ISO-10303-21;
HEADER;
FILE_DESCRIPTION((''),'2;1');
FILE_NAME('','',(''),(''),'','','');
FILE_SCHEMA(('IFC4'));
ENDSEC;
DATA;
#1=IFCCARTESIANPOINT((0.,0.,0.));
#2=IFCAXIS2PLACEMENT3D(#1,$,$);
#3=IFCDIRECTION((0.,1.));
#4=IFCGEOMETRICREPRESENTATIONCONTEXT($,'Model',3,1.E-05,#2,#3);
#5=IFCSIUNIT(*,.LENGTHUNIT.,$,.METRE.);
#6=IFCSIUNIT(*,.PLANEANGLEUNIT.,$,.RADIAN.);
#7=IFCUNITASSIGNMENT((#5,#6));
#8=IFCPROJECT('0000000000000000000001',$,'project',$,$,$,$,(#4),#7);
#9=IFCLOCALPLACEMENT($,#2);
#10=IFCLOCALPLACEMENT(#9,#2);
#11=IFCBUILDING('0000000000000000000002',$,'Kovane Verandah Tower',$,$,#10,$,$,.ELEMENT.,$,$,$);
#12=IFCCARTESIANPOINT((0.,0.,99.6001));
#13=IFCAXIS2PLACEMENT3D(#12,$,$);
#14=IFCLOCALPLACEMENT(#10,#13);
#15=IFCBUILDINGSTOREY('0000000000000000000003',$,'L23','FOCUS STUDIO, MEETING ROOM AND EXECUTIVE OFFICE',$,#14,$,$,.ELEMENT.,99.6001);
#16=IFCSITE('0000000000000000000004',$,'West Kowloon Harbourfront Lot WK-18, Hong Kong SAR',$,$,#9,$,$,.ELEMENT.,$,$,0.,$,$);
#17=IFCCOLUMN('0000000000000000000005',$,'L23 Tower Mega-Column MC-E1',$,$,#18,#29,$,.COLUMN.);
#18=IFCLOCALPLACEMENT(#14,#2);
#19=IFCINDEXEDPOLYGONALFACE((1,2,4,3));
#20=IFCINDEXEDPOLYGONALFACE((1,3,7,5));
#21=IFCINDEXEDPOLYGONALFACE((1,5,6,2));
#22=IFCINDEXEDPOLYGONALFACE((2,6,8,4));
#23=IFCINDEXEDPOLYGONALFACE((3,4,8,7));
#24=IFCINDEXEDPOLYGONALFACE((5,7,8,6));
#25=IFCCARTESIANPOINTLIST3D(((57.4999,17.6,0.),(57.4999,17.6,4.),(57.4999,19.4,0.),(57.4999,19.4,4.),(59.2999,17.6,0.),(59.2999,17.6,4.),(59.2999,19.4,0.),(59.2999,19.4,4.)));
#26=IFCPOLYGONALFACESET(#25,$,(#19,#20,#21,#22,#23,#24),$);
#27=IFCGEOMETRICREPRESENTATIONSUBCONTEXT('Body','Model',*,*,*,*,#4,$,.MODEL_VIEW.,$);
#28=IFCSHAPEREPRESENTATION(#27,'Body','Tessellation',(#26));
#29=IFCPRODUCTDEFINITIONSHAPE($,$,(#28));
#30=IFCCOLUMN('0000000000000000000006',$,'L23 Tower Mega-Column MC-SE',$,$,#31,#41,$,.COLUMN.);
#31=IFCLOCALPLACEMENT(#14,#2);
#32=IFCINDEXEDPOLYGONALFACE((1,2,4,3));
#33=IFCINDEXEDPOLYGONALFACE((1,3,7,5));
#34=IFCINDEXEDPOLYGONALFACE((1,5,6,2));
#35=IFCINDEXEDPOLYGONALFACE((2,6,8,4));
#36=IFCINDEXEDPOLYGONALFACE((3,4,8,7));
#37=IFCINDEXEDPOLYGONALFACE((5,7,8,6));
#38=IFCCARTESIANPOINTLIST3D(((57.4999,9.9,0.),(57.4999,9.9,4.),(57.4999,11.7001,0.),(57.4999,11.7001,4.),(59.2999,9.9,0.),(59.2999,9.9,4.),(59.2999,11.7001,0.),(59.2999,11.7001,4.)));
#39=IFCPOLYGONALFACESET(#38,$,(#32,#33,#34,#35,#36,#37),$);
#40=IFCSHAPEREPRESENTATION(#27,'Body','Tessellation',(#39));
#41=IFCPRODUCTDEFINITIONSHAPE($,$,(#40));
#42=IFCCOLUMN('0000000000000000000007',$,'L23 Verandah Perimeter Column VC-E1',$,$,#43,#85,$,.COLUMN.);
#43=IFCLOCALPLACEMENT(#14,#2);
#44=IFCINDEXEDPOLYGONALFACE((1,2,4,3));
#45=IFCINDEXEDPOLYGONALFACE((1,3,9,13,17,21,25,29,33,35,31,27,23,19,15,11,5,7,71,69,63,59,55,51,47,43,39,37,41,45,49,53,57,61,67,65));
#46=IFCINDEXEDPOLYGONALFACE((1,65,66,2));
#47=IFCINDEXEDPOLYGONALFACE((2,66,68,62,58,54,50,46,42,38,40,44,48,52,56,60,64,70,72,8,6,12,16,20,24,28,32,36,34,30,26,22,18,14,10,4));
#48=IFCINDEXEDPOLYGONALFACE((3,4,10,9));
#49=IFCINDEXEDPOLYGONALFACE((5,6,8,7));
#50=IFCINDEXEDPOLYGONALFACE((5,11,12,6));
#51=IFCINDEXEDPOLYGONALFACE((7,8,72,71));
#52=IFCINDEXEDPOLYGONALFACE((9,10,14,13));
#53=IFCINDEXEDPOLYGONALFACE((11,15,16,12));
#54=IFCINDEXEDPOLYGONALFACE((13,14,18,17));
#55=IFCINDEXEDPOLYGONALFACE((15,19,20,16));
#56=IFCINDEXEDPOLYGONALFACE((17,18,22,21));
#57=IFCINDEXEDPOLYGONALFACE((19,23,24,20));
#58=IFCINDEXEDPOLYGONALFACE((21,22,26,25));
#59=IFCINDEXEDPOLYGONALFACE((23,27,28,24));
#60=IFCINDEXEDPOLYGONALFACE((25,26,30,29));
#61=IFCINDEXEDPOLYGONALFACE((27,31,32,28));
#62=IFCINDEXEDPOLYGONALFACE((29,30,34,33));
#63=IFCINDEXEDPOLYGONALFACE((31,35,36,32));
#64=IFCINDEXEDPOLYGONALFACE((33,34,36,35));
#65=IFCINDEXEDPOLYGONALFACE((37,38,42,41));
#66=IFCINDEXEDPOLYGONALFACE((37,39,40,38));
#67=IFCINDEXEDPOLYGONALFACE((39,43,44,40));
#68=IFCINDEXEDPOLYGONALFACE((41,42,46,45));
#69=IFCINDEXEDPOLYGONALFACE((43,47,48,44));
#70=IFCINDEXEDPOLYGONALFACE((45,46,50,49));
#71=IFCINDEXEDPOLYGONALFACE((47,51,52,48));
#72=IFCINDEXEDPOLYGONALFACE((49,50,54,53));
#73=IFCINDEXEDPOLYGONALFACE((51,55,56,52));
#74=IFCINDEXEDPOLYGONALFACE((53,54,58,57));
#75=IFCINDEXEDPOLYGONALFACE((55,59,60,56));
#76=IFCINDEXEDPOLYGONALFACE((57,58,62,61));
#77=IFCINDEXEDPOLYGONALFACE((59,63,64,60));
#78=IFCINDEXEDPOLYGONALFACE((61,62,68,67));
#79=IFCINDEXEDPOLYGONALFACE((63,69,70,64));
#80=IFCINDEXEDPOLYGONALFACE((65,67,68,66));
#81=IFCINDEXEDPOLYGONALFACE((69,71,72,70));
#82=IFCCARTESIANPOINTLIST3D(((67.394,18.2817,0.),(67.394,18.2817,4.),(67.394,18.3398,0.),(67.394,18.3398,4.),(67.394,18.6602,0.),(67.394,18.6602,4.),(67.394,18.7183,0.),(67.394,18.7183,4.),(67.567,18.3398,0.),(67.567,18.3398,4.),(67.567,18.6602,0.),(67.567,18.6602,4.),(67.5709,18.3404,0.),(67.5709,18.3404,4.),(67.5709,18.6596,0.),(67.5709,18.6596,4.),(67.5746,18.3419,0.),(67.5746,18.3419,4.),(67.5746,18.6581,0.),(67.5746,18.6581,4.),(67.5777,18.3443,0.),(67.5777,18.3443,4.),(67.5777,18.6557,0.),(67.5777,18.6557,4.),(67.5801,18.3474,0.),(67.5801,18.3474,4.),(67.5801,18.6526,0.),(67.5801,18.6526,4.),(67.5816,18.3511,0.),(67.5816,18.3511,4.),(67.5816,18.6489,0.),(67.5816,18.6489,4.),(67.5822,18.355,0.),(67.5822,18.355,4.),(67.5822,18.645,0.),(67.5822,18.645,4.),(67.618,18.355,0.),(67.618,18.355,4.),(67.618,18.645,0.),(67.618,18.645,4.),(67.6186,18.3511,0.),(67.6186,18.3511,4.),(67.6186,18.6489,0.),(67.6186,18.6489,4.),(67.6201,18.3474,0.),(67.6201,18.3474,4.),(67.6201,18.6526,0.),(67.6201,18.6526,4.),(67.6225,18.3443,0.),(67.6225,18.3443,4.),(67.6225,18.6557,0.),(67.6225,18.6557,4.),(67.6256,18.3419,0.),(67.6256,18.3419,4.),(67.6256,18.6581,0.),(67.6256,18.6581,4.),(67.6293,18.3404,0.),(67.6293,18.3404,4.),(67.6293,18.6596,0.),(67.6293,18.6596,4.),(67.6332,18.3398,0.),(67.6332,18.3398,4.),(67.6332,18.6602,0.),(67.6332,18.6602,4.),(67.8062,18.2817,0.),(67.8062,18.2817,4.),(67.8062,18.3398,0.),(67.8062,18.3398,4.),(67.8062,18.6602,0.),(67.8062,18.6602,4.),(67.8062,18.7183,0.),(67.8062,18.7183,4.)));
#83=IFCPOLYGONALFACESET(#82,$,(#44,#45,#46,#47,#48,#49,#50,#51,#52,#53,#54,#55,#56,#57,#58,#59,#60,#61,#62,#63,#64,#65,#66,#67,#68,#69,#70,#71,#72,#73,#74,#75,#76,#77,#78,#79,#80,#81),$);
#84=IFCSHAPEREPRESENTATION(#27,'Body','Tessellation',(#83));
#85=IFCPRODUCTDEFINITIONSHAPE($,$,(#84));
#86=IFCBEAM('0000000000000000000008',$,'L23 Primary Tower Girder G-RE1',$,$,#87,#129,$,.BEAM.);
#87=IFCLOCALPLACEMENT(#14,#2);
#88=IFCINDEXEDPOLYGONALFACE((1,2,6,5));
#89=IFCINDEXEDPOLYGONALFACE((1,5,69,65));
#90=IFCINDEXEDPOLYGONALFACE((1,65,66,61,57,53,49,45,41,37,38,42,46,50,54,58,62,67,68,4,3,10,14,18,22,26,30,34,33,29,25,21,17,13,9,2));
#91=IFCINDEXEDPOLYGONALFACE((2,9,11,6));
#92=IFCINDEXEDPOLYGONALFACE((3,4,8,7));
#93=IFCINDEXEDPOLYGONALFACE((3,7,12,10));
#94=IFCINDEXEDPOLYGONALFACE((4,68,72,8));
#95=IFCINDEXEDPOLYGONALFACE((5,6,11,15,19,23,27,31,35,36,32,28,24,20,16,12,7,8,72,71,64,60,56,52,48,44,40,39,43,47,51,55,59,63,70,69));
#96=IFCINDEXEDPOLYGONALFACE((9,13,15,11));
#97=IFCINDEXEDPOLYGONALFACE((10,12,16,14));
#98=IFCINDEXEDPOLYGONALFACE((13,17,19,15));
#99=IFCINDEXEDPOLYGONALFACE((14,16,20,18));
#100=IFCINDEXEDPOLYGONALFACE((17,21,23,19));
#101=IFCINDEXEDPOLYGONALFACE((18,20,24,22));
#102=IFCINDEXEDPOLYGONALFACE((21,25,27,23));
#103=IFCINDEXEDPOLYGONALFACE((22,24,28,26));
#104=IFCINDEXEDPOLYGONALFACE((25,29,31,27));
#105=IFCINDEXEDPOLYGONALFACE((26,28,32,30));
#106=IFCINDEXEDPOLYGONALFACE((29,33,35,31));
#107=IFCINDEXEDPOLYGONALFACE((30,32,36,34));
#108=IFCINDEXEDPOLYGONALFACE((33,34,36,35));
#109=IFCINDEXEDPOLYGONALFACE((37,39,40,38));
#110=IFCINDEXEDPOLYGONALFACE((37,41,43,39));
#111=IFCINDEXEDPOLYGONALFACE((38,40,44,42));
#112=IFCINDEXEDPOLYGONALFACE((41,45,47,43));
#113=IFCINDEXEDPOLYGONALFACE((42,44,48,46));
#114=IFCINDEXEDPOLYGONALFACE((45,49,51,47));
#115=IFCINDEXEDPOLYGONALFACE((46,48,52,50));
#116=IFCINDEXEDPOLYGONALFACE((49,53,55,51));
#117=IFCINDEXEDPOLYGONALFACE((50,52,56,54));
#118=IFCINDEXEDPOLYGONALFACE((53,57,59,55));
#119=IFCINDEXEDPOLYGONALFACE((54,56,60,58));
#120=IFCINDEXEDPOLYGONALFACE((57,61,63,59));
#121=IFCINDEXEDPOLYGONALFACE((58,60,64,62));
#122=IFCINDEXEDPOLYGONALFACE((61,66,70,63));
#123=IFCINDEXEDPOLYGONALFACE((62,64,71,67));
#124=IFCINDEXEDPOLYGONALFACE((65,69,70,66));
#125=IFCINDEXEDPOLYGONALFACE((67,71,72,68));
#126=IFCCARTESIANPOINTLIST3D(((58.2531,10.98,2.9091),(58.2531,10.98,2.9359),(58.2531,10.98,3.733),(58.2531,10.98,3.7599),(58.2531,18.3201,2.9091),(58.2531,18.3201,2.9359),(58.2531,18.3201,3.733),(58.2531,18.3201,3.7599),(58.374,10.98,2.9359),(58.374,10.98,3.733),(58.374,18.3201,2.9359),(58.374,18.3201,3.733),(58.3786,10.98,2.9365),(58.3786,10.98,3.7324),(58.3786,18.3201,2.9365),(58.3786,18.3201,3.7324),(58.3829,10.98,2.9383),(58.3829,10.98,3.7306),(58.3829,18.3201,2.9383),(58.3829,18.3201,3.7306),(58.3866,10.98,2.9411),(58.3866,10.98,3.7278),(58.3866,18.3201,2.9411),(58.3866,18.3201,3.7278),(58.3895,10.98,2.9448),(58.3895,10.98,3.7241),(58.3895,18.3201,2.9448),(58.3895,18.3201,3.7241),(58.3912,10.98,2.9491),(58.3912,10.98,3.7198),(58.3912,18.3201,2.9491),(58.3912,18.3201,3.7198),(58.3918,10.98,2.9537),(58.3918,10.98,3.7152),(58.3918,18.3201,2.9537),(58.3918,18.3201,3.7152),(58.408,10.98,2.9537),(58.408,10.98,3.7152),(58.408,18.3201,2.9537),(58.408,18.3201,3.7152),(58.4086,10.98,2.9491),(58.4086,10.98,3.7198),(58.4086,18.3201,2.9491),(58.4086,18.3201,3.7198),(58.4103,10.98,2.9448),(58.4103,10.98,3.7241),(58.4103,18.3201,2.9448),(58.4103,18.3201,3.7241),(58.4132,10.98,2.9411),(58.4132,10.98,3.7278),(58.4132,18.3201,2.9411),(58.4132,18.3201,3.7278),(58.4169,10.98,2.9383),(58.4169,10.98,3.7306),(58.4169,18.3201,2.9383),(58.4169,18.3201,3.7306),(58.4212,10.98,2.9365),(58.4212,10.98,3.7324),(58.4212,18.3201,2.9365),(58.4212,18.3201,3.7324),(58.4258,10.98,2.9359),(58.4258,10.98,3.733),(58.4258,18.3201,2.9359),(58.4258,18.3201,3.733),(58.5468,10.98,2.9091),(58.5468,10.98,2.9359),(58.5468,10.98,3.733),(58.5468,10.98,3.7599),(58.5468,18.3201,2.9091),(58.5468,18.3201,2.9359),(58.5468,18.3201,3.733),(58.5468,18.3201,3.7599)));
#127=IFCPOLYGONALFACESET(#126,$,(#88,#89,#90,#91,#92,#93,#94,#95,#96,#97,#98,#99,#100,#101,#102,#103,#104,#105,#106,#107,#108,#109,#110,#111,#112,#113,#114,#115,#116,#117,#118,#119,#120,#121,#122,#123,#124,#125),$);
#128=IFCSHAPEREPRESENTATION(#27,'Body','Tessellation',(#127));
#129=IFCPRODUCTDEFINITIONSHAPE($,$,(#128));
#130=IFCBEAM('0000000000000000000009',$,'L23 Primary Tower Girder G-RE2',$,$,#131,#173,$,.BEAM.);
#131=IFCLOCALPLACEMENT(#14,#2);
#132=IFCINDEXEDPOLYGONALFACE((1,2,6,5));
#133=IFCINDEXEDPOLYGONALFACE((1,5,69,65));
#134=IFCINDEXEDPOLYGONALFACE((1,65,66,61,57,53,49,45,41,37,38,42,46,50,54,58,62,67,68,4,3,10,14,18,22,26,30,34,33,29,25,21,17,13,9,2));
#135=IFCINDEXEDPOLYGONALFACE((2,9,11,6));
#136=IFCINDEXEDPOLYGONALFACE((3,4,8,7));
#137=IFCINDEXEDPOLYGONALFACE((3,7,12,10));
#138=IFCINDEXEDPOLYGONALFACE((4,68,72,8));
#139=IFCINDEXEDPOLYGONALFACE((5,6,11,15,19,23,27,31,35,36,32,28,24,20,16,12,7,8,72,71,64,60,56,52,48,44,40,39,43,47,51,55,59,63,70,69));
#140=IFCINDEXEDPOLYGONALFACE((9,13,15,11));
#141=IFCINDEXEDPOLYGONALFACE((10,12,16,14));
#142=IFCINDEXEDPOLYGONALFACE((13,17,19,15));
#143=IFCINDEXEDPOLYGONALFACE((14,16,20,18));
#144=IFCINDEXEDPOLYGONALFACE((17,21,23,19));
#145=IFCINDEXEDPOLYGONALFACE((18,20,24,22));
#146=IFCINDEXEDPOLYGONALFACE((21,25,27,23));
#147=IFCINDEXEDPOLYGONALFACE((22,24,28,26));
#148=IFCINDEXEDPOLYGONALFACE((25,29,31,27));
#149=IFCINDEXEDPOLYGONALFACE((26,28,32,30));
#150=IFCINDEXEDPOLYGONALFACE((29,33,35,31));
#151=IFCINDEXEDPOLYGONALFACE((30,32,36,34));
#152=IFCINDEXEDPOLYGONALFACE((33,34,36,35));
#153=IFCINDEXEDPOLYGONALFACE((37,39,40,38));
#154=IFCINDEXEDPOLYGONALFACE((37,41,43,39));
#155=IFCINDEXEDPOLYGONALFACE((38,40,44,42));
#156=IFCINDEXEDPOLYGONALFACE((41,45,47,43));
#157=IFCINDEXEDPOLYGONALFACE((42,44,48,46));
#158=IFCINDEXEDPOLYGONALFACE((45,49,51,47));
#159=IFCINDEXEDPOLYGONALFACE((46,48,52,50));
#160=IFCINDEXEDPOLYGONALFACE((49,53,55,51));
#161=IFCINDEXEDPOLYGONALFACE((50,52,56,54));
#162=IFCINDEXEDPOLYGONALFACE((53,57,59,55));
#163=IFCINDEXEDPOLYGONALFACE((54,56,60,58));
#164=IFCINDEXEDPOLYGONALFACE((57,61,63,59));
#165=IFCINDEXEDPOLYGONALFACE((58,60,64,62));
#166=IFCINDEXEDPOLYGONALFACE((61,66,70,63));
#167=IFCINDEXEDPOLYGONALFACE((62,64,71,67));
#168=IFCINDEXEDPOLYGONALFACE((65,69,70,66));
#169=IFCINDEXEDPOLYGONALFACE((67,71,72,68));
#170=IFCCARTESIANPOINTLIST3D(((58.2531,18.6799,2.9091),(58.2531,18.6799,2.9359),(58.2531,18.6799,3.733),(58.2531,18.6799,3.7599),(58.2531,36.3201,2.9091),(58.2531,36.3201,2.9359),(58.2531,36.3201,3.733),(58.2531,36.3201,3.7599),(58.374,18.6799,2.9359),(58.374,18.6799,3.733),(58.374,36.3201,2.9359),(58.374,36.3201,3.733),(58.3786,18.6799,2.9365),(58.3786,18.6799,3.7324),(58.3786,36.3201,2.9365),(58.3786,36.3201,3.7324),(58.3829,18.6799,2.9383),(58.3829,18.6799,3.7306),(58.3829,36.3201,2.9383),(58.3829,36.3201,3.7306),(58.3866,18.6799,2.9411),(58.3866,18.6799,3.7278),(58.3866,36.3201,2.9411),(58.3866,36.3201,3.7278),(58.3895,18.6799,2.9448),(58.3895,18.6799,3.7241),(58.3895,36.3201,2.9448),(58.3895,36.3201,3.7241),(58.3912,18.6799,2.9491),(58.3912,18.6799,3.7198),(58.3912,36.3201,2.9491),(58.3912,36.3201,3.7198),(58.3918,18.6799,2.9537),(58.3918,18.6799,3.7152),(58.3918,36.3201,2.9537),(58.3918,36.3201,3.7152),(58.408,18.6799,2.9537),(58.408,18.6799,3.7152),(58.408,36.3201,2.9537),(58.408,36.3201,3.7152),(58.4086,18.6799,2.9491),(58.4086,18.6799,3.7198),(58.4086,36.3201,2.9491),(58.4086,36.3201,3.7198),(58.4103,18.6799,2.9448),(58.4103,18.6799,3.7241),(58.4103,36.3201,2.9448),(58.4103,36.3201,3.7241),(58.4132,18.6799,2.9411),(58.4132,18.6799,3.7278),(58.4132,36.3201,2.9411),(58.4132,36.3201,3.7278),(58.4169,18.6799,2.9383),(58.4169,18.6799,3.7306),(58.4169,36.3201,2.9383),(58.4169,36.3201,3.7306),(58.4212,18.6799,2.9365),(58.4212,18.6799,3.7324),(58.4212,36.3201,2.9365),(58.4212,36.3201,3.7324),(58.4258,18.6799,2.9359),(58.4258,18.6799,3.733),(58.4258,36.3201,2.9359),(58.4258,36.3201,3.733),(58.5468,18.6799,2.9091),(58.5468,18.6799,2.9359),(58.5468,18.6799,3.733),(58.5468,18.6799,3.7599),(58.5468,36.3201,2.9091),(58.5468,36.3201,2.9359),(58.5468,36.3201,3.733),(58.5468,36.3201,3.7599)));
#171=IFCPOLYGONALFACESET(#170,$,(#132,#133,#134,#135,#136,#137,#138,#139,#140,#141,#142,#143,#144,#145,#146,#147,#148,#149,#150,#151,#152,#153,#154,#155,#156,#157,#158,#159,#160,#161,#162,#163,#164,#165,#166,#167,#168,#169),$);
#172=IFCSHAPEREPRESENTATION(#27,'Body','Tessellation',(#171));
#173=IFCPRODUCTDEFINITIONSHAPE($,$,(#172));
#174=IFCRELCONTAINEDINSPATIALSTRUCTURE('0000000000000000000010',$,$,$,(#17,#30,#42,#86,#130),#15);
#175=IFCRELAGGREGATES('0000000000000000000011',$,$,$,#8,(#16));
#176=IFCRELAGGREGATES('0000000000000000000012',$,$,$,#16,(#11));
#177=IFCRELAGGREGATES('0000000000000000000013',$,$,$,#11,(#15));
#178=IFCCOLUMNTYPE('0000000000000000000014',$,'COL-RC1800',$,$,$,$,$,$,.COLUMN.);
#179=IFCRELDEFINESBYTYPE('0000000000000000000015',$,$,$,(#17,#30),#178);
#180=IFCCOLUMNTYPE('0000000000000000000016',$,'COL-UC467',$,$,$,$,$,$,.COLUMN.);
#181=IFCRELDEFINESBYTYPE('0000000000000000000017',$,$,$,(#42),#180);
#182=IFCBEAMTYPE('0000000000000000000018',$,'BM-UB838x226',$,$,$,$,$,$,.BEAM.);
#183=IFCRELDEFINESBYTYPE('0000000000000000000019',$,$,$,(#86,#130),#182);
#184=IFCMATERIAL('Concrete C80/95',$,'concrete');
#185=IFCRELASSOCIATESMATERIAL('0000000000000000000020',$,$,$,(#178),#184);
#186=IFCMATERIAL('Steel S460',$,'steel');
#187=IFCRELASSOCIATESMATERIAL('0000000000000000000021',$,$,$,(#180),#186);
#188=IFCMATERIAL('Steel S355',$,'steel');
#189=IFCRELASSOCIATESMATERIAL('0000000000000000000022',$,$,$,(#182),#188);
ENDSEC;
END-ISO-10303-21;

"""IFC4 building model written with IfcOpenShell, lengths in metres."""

from ifc_helpers import new_model, si_unit, direction, frame, origin, origin_2d, place, context, subcontext, project, spatial, rectangle, i_section, extrude, material, material_profile, profile_set, type_object, element, save


model = new_model("IFC4")

# Units and contexts
model_context = context("Model", 3, precision=1e-05, world=origin(), true_north=direction((0.0, 1.0)))
body_context = subcontext(model_context, "Body", "Model", "MODEL_VIEW")
ifc_project = project(units=[si_unit("LENGTHUNIT", "METRE"), si_unit("PLANEANGLEUNIT", "RADIAN")], contexts=[model_context])

# Site, building, storey
site_placement = place(None, origin())
site = spatial("IfcSite", under=ifc_project, at=site_placement, Name="West Kowloon Harbourfront Lot WK-18, Hong Kong SAR", CompositionType="ELEMENT", RefElevation=0.0)
building_placement = place(site_placement, origin())
building = spatial("IfcBuilding", under=site, at=building_placement, Name="Kovane Verandah Tower", CompositionType="ELEMENT")
storey_placement = place(building_placement, frame((0.0, 0.0, 99.6001)))
storey = spatial("IfcBuildingStorey", under=building, at=storey_placement, Name="L23", Description="FOCUS STUDIO, MEETING ROOM AND EXECUTIVE OFFICE", CompositionType="ELEMENT", Elevation=99.6001)

# Columns
ifc_material_1 = material(Name="Concrete C80/95", Category="concrete")
ifc_material_profile_1 = material_profile(ifc_material_1, rectangle(XDim=1.8, YDim=1.8, at=origin_2d()), Name="RC1800x1800")
ifc_profile_set_1 = profile_set([ifc_material_profile_1], Name="Concrete C80/95")
column_type_1 = type_object("IfcColumnType", Name="COL-RC1800", PredefinedType="COLUMN", material=ifc_profile_set_1)
for number, where, z_axis, x_axis, name in (
    (1, (58.3999, 18.5, 0.0), (0.0, 0.0, 1.0), (1.0, 0.0, 0.0), "L23 Tower Mega-Column MC-E1"),
    (2, (58.3999, 10.8, 0.0), (0.0, 0.0, 1.0), (1.0, 0.0, 0.0), "L23 Tower Mega-Column MC-SE"),
):
    element("IfcColumn", number, at=place(storey_placement, frame(where, z_axis=z_axis, x_axis=x_axis)), inside=storey, type_object=column_type_1, Name=name, PredefinedType="COLUMN", context=body_context, shape_type="SweptSolid", body=[
        extrude(rectangle(XDim=1.8, YDim=1.8, at=origin_2d()), origin(), (0.0, 0.0, 1.0), 4.0),
    ])
ifc_material_2 = material(Name="Steel S460", Category="steel")
ifc_material_profile_2 = material_profile(ifc_material_2, i_section(OverallWidth=0.4121, OverallDepth=0.4365, WebThickness=0.0359, FlangeThickness=0.0581, FilletRadius=0.0151, at=origin_2d()), Name="UC356x406x467")
ifc_profile_set_2 = profile_set([ifc_material_profile_2], Name="Steel S460")
column_type_2 = type_object("IfcColumnType", Name="COL-UC467", PredefinedType="COLUMN", material=ifc_profile_set_2)
column_placement = place(storey_placement, frame((67.6001, 18.5, 0.0), z_axis=(0.0, 0.0, 1.0), x_axis=(1.0, 0.0, 0.0)))
element("IfcColumn", 3, at=column_placement, inside=storey, type_object=column_type_2, Name="L23 Verandah Perimeter Column VC-E1", PredefinedType="COLUMN", context=body_context, shape_type="SweptSolid", body=[
    extrude(i_section(OverallWidth=0.4121, OverallDepth=0.4365, WebThickness=0.0359, FlangeThickness=0.0581, FilletRadius=0.0151, at=origin_2d()), origin(), (0.0, 0.0, 1.0), 4.0),
])

# Beams
ifc_material_3 = material(Name="Steel S355", Category="steel")
ifc_material_profile_3 = material_profile(ifc_material_3, i_section(OverallWidth=0.2937, OverallDepth=0.8508, WebThickness=0.0161, FlangeThickness=0.0269, FilletRadius=0.0178, at=origin_2d()), Name="UB838x292x226")
ifc_profile_set_3 = profile_set([ifc_material_profile_3], Name="Steel S355")
beam_type_1 = type_object("IfcBeamType", Name="BM-UB838x226", PredefinedType="BEAM", material=ifc_profile_set_3)
beam_1_placement = place(storey_placement, frame((58.3999, 10.98, 3.3345), z_axis=(0.0, 1.0, 0.0), x_axis=(-1.0, 0.0, 0.0)))
element("IfcBeam", 4, at=beam_1_placement, inside=storey, type_object=beam_type_1, Name="L23 Primary Tower Girder G-RE1", PredefinedType="BEAM", context=body_context, shape_type="SweptSolid", body=[
    extrude(i_section(OverallWidth=0.2937, OverallDepth=0.8508, WebThickness=0.0161, FlangeThickness=0.0269, FilletRadius=0.0178, at=origin_2d()), origin(), (0.0, 0.0, 1.0), 7.3401),
])
beam_2_placement = place(storey_placement, frame((58.3999, 18.6799, 3.3345), z_axis=(0.0, 1.0, 0.0), x_axis=(-1.0, 0.0, 0.0)))
element("IfcBeam", 5, at=beam_2_placement, inside=storey, type_object=beam_type_1, Name="L23 Primary Tower Girder G-RE2", PredefinedType="BEAM", context=body_context, shape_type="SweptSolid", body=[
    extrude(i_section(OverallWidth=0.2937, OverallDepth=0.8508, WebThickness=0.0161, FlangeThickness=0.0269, FilletRadius=0.0178, at=origin_2d()), origin(), (0.0, 0.0, 1.0), 17.6401),
])

save(model, "model.ifc")
